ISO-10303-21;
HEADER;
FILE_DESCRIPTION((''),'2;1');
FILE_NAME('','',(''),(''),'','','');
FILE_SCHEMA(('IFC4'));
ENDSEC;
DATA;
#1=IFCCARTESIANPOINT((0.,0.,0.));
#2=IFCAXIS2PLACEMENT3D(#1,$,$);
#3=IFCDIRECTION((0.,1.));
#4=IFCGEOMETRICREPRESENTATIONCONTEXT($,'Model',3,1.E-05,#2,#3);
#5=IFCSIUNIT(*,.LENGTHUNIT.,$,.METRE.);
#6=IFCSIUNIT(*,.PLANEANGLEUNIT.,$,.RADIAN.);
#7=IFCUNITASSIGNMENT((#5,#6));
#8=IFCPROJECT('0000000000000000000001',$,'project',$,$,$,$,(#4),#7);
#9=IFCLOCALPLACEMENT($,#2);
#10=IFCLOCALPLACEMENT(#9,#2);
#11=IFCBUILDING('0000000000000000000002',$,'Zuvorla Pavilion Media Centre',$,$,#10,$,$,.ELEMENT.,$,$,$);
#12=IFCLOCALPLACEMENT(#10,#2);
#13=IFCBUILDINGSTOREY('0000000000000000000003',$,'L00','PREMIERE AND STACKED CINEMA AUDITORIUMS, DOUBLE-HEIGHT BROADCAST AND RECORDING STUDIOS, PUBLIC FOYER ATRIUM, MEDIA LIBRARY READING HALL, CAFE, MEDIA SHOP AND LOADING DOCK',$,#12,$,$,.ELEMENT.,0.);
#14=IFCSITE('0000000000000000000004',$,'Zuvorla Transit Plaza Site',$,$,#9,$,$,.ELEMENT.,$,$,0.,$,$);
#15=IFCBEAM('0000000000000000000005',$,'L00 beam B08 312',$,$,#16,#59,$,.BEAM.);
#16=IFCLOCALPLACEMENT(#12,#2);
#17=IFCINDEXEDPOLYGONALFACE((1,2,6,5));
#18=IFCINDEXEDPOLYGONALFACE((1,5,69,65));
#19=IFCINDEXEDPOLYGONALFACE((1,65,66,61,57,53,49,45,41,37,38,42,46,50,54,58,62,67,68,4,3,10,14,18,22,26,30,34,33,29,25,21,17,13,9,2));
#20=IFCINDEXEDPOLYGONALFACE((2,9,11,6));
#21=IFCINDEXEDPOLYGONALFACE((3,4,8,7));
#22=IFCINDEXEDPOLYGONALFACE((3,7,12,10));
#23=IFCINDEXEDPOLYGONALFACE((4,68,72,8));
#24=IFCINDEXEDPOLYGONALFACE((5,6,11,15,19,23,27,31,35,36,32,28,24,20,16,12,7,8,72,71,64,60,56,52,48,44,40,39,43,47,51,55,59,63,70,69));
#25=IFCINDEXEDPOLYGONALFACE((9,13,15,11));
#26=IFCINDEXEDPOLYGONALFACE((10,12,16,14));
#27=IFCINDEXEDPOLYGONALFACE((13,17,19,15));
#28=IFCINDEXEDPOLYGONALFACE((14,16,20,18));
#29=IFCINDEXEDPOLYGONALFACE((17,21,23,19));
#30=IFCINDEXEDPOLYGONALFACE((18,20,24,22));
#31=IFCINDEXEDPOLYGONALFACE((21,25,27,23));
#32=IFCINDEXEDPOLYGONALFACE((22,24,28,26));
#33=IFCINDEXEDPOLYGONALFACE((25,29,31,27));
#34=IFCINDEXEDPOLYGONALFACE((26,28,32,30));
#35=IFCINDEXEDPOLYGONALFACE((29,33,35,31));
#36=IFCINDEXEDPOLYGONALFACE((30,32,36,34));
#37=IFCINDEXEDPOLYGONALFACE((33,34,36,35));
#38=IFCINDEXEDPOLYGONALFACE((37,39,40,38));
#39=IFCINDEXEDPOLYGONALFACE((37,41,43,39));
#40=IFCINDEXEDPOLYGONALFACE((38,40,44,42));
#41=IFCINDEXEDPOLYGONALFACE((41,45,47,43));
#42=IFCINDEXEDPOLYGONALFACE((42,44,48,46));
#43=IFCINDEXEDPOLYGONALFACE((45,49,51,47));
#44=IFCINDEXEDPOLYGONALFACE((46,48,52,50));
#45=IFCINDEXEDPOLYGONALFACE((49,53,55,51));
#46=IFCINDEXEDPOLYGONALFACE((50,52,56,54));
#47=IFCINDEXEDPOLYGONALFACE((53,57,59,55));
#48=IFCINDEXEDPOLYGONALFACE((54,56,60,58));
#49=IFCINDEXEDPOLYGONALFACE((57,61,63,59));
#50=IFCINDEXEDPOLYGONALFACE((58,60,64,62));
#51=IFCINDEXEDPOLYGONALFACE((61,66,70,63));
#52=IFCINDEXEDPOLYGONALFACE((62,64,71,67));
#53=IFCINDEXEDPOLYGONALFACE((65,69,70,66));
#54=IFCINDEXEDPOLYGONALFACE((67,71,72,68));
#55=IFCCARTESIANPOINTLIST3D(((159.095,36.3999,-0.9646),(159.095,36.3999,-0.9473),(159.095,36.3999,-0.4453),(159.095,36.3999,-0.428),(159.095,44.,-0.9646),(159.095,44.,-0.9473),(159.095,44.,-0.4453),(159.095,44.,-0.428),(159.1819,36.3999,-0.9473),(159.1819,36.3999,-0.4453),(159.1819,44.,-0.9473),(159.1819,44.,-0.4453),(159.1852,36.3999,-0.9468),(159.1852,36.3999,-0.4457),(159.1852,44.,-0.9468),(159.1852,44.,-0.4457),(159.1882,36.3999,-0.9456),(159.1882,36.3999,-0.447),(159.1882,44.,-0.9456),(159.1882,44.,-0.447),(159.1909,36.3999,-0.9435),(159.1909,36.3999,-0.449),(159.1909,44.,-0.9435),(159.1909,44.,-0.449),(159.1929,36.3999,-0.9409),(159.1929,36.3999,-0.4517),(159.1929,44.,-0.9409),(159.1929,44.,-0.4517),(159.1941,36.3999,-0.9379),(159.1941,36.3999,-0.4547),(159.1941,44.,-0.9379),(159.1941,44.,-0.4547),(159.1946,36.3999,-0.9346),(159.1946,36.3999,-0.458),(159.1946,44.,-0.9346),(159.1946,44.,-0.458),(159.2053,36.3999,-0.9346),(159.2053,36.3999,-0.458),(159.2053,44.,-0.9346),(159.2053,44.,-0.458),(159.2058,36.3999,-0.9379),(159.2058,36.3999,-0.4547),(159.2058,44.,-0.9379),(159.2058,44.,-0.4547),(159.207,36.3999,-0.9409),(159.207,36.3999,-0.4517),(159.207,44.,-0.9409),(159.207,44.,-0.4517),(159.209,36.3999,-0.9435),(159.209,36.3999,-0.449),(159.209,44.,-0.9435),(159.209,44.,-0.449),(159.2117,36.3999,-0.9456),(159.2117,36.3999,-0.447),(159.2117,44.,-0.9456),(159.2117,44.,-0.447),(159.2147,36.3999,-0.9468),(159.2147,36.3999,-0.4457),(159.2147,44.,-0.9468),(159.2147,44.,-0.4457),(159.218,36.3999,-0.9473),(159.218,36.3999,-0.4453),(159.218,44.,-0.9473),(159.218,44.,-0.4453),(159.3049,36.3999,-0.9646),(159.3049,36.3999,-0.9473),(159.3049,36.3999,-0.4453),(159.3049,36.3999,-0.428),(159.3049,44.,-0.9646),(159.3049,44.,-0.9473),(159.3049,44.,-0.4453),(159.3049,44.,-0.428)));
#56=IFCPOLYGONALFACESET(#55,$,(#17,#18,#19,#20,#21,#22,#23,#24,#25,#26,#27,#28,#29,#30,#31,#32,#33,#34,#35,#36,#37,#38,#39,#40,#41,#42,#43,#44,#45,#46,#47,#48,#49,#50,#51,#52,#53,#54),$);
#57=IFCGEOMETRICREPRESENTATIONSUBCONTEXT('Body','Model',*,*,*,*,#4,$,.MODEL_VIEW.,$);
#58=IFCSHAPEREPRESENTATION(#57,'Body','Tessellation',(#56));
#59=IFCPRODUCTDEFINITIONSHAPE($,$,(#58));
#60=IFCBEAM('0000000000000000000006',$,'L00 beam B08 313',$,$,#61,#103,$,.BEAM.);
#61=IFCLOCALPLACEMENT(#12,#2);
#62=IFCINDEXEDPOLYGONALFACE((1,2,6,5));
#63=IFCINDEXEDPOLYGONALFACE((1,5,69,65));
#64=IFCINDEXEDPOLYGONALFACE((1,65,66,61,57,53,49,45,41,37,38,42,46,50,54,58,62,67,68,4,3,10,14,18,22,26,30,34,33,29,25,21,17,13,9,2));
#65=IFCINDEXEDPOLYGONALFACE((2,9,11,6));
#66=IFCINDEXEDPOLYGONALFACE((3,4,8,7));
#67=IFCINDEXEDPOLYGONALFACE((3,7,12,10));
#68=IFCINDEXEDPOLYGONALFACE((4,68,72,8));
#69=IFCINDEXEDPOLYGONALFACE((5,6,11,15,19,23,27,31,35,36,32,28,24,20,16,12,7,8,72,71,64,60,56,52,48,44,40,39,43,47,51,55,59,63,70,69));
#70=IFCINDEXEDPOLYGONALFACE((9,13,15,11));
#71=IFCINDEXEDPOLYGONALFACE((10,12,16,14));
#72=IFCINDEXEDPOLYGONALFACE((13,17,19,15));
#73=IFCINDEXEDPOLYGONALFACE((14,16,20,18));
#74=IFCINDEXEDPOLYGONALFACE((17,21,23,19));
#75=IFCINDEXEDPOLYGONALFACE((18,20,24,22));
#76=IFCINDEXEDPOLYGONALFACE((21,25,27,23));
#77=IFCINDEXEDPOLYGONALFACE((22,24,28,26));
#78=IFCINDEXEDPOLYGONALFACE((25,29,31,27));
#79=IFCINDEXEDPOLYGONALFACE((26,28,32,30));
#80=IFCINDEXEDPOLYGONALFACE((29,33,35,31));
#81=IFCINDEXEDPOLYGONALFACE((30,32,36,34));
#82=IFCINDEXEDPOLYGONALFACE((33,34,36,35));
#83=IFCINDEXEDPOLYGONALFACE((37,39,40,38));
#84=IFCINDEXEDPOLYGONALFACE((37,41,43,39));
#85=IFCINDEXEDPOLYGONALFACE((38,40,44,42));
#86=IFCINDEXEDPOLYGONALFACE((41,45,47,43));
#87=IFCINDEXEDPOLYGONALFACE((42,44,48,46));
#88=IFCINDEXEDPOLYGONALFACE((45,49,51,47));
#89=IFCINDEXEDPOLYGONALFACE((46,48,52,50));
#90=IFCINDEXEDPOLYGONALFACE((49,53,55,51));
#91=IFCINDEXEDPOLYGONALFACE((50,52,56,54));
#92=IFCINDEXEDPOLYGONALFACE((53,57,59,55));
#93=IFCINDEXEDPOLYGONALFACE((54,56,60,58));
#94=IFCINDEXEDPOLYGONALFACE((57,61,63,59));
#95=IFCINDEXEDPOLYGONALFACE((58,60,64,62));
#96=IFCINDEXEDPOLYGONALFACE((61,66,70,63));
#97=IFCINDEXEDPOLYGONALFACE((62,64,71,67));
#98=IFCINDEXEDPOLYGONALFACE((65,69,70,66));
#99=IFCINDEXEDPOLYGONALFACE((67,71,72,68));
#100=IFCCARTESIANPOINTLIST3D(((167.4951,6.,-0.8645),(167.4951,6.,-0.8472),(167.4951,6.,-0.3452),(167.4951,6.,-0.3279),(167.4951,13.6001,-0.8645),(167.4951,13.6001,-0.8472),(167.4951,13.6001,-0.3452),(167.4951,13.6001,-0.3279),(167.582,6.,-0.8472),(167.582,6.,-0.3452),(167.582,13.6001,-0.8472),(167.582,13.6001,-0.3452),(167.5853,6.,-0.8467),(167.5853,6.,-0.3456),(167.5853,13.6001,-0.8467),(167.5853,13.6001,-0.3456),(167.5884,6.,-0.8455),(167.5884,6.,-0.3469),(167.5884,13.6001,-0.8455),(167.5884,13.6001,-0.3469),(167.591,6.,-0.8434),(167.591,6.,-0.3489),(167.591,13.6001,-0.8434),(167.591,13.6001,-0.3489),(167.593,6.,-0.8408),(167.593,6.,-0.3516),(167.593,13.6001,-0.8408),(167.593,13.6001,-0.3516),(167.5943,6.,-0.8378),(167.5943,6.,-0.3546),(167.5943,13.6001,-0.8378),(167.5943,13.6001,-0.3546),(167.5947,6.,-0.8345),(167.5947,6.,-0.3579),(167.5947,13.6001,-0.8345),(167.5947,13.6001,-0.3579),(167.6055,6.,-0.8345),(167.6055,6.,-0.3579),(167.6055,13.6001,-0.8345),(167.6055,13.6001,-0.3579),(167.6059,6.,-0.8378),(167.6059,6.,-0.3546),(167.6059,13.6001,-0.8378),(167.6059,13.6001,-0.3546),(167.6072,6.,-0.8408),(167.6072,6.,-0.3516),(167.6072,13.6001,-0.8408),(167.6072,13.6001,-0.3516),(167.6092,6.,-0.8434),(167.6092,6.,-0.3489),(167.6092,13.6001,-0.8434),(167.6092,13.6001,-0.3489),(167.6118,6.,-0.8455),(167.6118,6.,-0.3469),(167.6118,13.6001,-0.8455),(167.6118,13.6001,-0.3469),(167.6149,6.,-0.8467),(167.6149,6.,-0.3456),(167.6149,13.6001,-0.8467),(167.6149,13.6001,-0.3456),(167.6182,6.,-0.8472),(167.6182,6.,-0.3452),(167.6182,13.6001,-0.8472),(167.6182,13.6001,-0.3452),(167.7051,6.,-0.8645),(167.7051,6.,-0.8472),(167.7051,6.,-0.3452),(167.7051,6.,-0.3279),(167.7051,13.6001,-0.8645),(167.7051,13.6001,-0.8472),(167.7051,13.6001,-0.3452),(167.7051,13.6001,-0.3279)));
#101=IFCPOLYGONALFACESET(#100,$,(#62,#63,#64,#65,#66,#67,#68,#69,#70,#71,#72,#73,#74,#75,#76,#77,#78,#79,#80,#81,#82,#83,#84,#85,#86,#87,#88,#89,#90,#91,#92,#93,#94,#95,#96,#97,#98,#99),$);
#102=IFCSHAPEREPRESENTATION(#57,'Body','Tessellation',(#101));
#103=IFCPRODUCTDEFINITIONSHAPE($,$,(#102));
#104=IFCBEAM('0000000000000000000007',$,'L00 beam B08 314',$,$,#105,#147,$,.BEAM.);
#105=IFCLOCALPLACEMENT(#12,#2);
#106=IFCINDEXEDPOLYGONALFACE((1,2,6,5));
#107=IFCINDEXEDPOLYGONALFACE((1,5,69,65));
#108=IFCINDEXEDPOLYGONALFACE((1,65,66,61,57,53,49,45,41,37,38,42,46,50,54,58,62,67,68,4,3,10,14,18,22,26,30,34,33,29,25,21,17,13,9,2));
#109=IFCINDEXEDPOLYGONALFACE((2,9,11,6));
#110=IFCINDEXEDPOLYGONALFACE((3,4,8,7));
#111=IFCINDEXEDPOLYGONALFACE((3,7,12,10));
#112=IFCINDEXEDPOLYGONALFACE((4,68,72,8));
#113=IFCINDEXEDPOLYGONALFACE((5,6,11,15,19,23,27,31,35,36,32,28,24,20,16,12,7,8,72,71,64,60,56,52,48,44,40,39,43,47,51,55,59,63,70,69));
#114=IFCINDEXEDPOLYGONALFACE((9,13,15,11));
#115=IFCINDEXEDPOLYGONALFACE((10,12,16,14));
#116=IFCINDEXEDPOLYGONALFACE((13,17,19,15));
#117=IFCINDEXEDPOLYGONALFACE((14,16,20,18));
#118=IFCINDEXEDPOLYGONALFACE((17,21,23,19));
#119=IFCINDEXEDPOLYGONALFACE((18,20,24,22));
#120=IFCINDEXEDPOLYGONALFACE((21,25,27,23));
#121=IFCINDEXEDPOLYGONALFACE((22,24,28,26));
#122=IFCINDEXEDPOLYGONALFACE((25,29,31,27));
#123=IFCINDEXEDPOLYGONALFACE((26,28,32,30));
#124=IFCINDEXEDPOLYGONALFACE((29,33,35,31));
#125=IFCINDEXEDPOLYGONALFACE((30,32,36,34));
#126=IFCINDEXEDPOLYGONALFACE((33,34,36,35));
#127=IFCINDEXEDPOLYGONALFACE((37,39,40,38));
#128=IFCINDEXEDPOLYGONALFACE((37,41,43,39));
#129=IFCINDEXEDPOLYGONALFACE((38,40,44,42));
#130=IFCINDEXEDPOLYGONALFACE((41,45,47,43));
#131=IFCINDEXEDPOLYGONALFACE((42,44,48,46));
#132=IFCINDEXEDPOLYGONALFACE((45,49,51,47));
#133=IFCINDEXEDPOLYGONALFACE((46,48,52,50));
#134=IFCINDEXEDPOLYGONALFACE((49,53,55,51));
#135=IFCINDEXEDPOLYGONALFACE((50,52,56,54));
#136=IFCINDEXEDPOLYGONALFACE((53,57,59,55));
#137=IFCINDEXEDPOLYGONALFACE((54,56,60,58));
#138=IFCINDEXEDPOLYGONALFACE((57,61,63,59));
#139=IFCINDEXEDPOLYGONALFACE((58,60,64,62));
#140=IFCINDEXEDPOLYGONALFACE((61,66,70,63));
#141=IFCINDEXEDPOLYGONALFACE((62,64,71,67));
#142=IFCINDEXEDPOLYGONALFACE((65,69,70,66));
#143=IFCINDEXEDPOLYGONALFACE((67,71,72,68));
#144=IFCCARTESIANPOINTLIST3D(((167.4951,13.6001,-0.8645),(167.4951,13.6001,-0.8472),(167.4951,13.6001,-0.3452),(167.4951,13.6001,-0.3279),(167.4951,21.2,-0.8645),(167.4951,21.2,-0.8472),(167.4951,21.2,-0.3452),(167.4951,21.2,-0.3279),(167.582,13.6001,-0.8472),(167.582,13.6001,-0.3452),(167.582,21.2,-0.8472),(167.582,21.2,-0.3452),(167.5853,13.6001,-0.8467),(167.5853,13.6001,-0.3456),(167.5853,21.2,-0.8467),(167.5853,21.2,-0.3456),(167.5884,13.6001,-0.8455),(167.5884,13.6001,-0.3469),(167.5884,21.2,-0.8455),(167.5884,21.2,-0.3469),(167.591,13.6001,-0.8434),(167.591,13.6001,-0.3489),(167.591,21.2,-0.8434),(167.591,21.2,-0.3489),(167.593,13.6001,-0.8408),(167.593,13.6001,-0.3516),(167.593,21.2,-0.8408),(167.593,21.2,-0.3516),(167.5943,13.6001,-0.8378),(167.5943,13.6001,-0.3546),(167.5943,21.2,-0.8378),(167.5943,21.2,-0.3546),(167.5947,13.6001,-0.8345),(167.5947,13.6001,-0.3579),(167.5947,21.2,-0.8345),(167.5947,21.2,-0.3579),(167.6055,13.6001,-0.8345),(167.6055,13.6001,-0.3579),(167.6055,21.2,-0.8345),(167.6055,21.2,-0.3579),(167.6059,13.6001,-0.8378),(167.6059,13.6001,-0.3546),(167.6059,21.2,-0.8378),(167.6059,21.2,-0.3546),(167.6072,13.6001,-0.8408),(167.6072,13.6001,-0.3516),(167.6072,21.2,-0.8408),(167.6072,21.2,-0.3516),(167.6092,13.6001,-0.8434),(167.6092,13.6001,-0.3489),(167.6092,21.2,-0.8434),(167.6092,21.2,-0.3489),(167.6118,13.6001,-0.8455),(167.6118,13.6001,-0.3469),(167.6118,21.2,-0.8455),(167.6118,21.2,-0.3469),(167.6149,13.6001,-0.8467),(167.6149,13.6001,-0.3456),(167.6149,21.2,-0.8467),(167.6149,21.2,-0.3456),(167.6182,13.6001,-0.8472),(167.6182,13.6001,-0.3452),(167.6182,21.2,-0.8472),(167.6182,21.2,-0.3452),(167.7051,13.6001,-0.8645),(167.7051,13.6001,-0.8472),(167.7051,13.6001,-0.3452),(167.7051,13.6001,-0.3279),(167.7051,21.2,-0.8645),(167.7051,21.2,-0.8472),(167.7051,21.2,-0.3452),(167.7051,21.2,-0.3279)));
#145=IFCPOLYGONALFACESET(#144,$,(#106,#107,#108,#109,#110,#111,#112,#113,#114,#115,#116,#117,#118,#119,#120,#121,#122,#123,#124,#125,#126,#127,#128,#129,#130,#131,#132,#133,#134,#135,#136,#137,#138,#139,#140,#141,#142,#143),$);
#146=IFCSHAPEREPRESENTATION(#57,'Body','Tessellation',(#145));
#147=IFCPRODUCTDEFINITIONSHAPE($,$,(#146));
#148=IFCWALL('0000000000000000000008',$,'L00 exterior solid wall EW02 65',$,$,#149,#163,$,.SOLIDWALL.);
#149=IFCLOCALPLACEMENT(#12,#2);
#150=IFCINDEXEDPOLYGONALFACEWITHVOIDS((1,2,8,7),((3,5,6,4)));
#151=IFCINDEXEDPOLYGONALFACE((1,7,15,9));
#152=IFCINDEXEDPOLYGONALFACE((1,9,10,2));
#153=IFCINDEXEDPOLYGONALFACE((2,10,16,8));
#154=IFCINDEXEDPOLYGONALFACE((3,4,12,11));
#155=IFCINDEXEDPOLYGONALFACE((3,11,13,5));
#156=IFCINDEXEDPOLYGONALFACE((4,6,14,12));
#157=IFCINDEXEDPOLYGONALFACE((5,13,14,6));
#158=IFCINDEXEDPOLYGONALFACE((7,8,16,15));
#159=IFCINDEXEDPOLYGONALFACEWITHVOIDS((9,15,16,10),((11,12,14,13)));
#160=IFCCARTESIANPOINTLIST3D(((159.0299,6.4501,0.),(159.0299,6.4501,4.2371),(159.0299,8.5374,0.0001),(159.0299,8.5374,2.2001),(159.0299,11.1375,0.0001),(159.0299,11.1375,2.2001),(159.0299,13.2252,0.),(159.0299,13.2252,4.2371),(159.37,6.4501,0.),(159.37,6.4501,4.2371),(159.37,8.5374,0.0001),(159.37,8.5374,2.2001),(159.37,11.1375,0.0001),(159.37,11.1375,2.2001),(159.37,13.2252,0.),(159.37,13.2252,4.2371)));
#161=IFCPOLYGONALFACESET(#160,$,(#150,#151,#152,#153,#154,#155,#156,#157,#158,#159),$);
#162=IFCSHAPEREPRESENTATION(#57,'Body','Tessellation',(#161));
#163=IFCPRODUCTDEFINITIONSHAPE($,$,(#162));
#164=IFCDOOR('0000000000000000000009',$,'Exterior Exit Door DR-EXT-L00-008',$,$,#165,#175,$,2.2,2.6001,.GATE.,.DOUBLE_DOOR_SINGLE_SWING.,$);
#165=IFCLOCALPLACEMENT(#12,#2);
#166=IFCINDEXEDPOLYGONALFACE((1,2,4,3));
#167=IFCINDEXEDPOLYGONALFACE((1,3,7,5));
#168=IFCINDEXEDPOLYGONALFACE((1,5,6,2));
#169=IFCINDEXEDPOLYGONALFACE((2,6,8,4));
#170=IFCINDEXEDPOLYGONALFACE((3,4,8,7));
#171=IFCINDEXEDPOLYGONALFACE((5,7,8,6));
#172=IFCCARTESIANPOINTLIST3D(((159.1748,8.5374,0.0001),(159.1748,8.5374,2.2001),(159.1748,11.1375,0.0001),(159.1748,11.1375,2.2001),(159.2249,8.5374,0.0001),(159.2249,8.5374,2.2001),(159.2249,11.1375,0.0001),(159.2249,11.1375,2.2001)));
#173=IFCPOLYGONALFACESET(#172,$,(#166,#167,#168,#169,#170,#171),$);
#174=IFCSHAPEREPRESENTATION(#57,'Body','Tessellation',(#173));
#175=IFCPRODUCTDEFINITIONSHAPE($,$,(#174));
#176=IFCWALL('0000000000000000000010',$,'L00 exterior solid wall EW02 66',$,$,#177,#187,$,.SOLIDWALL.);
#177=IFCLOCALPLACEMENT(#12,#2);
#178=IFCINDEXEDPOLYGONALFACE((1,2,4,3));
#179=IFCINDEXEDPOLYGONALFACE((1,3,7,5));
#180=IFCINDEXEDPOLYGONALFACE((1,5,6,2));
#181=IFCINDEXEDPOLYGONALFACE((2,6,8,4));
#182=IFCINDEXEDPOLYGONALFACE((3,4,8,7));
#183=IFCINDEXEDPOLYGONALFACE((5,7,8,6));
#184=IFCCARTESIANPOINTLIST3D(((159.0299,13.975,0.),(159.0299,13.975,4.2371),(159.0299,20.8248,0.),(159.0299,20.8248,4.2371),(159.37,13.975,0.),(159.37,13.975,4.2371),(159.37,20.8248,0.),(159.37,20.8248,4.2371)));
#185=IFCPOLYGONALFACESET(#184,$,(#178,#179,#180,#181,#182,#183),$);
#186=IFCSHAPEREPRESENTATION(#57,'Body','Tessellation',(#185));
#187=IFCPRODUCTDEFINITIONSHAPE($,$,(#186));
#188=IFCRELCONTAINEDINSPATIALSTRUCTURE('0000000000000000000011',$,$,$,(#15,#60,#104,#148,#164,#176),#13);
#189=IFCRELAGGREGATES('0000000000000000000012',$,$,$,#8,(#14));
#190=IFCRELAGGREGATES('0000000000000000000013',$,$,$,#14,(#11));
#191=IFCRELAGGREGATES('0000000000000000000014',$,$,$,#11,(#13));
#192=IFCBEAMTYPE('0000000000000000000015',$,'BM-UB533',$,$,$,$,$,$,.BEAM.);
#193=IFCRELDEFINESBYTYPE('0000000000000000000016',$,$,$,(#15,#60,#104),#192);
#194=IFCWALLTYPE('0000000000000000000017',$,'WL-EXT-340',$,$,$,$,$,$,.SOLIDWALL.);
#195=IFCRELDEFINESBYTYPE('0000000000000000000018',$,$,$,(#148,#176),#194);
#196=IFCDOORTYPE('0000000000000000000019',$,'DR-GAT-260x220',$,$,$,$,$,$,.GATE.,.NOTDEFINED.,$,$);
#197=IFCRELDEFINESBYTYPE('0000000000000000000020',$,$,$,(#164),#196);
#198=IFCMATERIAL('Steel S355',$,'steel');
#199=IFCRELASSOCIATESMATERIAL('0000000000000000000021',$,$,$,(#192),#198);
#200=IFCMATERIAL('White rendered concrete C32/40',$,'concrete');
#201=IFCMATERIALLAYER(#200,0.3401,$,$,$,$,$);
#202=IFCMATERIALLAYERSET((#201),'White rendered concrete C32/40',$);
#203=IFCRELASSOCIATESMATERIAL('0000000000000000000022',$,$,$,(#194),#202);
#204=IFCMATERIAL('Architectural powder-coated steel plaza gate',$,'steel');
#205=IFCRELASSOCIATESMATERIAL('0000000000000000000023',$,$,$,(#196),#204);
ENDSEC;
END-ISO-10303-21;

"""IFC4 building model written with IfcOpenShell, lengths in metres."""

from ifc_helpers import new_model, si_unit, direction, frame, frame_2d, origin, origin_2d, place, context, subcontext, project, spatial, rectangle, i_section, extrude, material, layer, layer_set, material_profile, profile_set, type_object, element, fill, save


model = new_model("IFC4")

# Units and contexts
model_context = context("Model", 3, precision=1e-05, world=origin(), true_north=direction((0.0, 1.0)))
body_context = subcontext(model_context, "Body", "Model", "MODEL_VIEW")
ifc_project = project(units=[si_unit("LENGTHUNIT", "METRE"), si_unit("PLANEANGLEUNIT", "RADIAN")], contexts=[model_context])

# Site, building, storey
site_placement = place(None, origin())
site = spatial("IfcSite", under=ifc_project, at=site_placement, Name="Zuvorla Transit Plaza Site", CompositionType="ELEMENT", RefElevation=0.0)
building_placement = place(site_placement, origin())
building = spatial("IfcBuilding", under=site, at=building_placement, Name="Zuvorla Pavilion Media Centre", CompositionType="ELEMENT")
storey_placement = place(building_placement, origin())
storey = spatial("IfcBuildingStorey", under=building, at=storey_placement, Name="L00", Description="PREMIERE AND STACKED CINEMA AUDITORIUMS, DOUBLE-HEIGHT BROADCAST AND RECORDING STUDIOS, PUBLIC FOYER ATRIUM, MEDIA LIBRARY READING HALL, CAFE, MEDIA SHOP AND LOADING DOCK", CompositionType="ELEMENT", Elevation=0.0)

# Beams
ifc_material_1 = material(Name="Steel S355", Category="steel")
ifc_material_profile_1 = material_profile(ifc_material_1, i_section(OverallWidth=0.21, OverallDepth=0.5366, WebThickness=0.0107, FlangeThickness=0.0173, FilletRadius=0.0127, at=origin_2d()), Name="UB 533x210x101")
ifc_profile_set_1 = profile_set([ifc_material_profile_1], Name="Steel S355")
beam_type_1 = type_object("IfcBeamType", Name="BM-UB533", PredefinedType="BEAM", material=ifc_profile_set_1)
for number, where, z_axis, x_axis, name in (
    (1, (159.2, 36.3999, -0.6963), (0.0, 1.0, 0.0), (-1.0, 0.0, 0.0), "L00 beam B08 312"),
    (2, (167.6001, 6.0, -0.5962), (0.0, 1.0, 0.0), (-1.0, 0.0, 0.0), "L00 beam B08 313"),
):
    element("IfcBeam", number, at=place(storey_placement, frame(where, z_axis=z_axis, x_axis=x_axis)), inside=storey, type_object=beam_type_1, Name=name, PredefinedType="BEAM", context=body_context, shape_type="SweptSolid", body=[
        extrude(i_section(OverallWidth=0.21, OverallDepth=0.5366, WebThickness=0.0107, FlangeThickness=0.0173, FilletRadius=0.0127, at=origin_2d()), origin(), (0.0, 0.0, 1.0), 7.6001),
    ])
beam_1_placement = place(storey_placement, frame((167.6001, 13.6001, -0.5962), z_axis=(0.0, 1.0, 0.0), x_axis=(-1.0, 0.0, 0.0)))
element("IfcBeam", 3, at=beam_1_placement, inside=storey, type_object=beam_type_1, Name="L00 beam B08 314", PredefinedType="BEAM", context=body_context, shape_type="SweptSolid", body=[
    extrude(i_section(OverallWidth=0.21, OverallDepth=0.5366, WebThickness=0.0107, FlangeThickness=0.0173, FilletRadius=0.0127, at=origin_2d()), origin(), (0.0, 0.0, 1.0), 7.5999),
])

# Wall, opening, door
ifc_material_2 = material(Name="White rendered concrete C32/40", Category="concrete")
ifc_layer = layer(ifc_material_2, 0.3401)
ifc_layer_set = layer_set([ifc_layer], Name="White rendered concrete C32/40")
wall_type = type_object("IfcWallType", Name="WL-EXT-340", PredefinedType="SOLIDWALL", material=ifc_layer_set)
wall_1_placement = place(storey_placement, frame((159.2, 6.45, 0.0), z_axis=(0.0, 0.0, 1.0), x_axis=(0.0, 1.0, 0.0)))
wall_1 = element("IfcWall", 4, at=wall_1_placement, inside=storey, type_object=wall_type, Name="L00 exterior solid wall EW02 65", PredefinedType="SOLIDWALL", context=body_context, shape_type="SweptSolid", body=[
    extrude(rectangle(XDim=6.7751, YDim=0.3401, at=frame_2d((3.3877, 0.0))), origin(), (0.0, 0.0, 1.0), 4.2371),
])
opening_1_placement = place(wall_1_placement, frame((2.0874, 0.0, 0.0)))
opening_1 = element("IfcOpeningElement", 5, at=opening_1_placement, cuts=wall_1, PredefinedType="OPENING", context=body_context, shape_type="SweptSolid", body=[
    extrude(rectangle(XDim=2.6001, YDim=2.2, at=frame_2d((1.3, 1.1001))), frame((0.0, 0.1799, 0.0), z_axis=(0.0, -1.0, 0.0), x_axis=(1.0, 0.0, 0.0)), (0.0, 0.0, 1.0), 0.3601),
])
ifc_material_3 = material(Name="Architectural powder-coated steel plaza gate", Category="steel")
door_type_1 = type_object("IfcDoorType", Name="DR-GAT-260x220", OperationType="NOTDEFINED", PredefinedType="GATE", material=ifc_material_3)
door_1_placement = place(opening_1_placement, frame((2.6001, 0.0, 0.0), z_axis=(0.0, 0.0, 1.0), x_axis=(-1.0, 0.0, 0.0)))
door_1 = element("IfcDoor", 6, at=door_1_placement, inside=storey, type_object=door_type_1, Name="Exterior Exit Door DR-EXT-L00-008", OperationType="DOUBLE_DOOR_SINGLE_SWING", OverallHeight=2.2, OverallWidth=2.6001, PredefinedType="GATE", context=body_context, shape_type="SweptSolid", body=[
    extrude(rectangle(XDim=2.6001, YDim=2.2, at=frame_2d((1.3, 1.1001))), frame((0.0, 0.0249, 0.0), z_axis=(0.0, -1.0, 0.0), x_axis=(1.0, 0.0, 0.0)), (0.0, 0.0, 1.0), 0.05),
])
fill(opening_1, door_1)

# Wall
wall_2_placement = place(storey_placement, frame((159.2, 13.9751, 0.0), z_axis=(0.0, 0.0, 1.0), x_axis=(0.0, 1.0, 0.0)))
element("IfcWall", 7, at=wall_2_placement, inside=storey, type_object=wall_type, Name="L00 exterior solid wall EW02 66", PredefinedType="SOLIDWALL", context=body_context, shape_type="SweptSolid", body=[
    extrude(rectangle(XDim=6.8499, YDim=0.3401, at=frame_2d((3.4248, 0.0))), origin(), (0.0, 0.0, 1.0), 4.2371),
])

save(model, "model.ifc")
